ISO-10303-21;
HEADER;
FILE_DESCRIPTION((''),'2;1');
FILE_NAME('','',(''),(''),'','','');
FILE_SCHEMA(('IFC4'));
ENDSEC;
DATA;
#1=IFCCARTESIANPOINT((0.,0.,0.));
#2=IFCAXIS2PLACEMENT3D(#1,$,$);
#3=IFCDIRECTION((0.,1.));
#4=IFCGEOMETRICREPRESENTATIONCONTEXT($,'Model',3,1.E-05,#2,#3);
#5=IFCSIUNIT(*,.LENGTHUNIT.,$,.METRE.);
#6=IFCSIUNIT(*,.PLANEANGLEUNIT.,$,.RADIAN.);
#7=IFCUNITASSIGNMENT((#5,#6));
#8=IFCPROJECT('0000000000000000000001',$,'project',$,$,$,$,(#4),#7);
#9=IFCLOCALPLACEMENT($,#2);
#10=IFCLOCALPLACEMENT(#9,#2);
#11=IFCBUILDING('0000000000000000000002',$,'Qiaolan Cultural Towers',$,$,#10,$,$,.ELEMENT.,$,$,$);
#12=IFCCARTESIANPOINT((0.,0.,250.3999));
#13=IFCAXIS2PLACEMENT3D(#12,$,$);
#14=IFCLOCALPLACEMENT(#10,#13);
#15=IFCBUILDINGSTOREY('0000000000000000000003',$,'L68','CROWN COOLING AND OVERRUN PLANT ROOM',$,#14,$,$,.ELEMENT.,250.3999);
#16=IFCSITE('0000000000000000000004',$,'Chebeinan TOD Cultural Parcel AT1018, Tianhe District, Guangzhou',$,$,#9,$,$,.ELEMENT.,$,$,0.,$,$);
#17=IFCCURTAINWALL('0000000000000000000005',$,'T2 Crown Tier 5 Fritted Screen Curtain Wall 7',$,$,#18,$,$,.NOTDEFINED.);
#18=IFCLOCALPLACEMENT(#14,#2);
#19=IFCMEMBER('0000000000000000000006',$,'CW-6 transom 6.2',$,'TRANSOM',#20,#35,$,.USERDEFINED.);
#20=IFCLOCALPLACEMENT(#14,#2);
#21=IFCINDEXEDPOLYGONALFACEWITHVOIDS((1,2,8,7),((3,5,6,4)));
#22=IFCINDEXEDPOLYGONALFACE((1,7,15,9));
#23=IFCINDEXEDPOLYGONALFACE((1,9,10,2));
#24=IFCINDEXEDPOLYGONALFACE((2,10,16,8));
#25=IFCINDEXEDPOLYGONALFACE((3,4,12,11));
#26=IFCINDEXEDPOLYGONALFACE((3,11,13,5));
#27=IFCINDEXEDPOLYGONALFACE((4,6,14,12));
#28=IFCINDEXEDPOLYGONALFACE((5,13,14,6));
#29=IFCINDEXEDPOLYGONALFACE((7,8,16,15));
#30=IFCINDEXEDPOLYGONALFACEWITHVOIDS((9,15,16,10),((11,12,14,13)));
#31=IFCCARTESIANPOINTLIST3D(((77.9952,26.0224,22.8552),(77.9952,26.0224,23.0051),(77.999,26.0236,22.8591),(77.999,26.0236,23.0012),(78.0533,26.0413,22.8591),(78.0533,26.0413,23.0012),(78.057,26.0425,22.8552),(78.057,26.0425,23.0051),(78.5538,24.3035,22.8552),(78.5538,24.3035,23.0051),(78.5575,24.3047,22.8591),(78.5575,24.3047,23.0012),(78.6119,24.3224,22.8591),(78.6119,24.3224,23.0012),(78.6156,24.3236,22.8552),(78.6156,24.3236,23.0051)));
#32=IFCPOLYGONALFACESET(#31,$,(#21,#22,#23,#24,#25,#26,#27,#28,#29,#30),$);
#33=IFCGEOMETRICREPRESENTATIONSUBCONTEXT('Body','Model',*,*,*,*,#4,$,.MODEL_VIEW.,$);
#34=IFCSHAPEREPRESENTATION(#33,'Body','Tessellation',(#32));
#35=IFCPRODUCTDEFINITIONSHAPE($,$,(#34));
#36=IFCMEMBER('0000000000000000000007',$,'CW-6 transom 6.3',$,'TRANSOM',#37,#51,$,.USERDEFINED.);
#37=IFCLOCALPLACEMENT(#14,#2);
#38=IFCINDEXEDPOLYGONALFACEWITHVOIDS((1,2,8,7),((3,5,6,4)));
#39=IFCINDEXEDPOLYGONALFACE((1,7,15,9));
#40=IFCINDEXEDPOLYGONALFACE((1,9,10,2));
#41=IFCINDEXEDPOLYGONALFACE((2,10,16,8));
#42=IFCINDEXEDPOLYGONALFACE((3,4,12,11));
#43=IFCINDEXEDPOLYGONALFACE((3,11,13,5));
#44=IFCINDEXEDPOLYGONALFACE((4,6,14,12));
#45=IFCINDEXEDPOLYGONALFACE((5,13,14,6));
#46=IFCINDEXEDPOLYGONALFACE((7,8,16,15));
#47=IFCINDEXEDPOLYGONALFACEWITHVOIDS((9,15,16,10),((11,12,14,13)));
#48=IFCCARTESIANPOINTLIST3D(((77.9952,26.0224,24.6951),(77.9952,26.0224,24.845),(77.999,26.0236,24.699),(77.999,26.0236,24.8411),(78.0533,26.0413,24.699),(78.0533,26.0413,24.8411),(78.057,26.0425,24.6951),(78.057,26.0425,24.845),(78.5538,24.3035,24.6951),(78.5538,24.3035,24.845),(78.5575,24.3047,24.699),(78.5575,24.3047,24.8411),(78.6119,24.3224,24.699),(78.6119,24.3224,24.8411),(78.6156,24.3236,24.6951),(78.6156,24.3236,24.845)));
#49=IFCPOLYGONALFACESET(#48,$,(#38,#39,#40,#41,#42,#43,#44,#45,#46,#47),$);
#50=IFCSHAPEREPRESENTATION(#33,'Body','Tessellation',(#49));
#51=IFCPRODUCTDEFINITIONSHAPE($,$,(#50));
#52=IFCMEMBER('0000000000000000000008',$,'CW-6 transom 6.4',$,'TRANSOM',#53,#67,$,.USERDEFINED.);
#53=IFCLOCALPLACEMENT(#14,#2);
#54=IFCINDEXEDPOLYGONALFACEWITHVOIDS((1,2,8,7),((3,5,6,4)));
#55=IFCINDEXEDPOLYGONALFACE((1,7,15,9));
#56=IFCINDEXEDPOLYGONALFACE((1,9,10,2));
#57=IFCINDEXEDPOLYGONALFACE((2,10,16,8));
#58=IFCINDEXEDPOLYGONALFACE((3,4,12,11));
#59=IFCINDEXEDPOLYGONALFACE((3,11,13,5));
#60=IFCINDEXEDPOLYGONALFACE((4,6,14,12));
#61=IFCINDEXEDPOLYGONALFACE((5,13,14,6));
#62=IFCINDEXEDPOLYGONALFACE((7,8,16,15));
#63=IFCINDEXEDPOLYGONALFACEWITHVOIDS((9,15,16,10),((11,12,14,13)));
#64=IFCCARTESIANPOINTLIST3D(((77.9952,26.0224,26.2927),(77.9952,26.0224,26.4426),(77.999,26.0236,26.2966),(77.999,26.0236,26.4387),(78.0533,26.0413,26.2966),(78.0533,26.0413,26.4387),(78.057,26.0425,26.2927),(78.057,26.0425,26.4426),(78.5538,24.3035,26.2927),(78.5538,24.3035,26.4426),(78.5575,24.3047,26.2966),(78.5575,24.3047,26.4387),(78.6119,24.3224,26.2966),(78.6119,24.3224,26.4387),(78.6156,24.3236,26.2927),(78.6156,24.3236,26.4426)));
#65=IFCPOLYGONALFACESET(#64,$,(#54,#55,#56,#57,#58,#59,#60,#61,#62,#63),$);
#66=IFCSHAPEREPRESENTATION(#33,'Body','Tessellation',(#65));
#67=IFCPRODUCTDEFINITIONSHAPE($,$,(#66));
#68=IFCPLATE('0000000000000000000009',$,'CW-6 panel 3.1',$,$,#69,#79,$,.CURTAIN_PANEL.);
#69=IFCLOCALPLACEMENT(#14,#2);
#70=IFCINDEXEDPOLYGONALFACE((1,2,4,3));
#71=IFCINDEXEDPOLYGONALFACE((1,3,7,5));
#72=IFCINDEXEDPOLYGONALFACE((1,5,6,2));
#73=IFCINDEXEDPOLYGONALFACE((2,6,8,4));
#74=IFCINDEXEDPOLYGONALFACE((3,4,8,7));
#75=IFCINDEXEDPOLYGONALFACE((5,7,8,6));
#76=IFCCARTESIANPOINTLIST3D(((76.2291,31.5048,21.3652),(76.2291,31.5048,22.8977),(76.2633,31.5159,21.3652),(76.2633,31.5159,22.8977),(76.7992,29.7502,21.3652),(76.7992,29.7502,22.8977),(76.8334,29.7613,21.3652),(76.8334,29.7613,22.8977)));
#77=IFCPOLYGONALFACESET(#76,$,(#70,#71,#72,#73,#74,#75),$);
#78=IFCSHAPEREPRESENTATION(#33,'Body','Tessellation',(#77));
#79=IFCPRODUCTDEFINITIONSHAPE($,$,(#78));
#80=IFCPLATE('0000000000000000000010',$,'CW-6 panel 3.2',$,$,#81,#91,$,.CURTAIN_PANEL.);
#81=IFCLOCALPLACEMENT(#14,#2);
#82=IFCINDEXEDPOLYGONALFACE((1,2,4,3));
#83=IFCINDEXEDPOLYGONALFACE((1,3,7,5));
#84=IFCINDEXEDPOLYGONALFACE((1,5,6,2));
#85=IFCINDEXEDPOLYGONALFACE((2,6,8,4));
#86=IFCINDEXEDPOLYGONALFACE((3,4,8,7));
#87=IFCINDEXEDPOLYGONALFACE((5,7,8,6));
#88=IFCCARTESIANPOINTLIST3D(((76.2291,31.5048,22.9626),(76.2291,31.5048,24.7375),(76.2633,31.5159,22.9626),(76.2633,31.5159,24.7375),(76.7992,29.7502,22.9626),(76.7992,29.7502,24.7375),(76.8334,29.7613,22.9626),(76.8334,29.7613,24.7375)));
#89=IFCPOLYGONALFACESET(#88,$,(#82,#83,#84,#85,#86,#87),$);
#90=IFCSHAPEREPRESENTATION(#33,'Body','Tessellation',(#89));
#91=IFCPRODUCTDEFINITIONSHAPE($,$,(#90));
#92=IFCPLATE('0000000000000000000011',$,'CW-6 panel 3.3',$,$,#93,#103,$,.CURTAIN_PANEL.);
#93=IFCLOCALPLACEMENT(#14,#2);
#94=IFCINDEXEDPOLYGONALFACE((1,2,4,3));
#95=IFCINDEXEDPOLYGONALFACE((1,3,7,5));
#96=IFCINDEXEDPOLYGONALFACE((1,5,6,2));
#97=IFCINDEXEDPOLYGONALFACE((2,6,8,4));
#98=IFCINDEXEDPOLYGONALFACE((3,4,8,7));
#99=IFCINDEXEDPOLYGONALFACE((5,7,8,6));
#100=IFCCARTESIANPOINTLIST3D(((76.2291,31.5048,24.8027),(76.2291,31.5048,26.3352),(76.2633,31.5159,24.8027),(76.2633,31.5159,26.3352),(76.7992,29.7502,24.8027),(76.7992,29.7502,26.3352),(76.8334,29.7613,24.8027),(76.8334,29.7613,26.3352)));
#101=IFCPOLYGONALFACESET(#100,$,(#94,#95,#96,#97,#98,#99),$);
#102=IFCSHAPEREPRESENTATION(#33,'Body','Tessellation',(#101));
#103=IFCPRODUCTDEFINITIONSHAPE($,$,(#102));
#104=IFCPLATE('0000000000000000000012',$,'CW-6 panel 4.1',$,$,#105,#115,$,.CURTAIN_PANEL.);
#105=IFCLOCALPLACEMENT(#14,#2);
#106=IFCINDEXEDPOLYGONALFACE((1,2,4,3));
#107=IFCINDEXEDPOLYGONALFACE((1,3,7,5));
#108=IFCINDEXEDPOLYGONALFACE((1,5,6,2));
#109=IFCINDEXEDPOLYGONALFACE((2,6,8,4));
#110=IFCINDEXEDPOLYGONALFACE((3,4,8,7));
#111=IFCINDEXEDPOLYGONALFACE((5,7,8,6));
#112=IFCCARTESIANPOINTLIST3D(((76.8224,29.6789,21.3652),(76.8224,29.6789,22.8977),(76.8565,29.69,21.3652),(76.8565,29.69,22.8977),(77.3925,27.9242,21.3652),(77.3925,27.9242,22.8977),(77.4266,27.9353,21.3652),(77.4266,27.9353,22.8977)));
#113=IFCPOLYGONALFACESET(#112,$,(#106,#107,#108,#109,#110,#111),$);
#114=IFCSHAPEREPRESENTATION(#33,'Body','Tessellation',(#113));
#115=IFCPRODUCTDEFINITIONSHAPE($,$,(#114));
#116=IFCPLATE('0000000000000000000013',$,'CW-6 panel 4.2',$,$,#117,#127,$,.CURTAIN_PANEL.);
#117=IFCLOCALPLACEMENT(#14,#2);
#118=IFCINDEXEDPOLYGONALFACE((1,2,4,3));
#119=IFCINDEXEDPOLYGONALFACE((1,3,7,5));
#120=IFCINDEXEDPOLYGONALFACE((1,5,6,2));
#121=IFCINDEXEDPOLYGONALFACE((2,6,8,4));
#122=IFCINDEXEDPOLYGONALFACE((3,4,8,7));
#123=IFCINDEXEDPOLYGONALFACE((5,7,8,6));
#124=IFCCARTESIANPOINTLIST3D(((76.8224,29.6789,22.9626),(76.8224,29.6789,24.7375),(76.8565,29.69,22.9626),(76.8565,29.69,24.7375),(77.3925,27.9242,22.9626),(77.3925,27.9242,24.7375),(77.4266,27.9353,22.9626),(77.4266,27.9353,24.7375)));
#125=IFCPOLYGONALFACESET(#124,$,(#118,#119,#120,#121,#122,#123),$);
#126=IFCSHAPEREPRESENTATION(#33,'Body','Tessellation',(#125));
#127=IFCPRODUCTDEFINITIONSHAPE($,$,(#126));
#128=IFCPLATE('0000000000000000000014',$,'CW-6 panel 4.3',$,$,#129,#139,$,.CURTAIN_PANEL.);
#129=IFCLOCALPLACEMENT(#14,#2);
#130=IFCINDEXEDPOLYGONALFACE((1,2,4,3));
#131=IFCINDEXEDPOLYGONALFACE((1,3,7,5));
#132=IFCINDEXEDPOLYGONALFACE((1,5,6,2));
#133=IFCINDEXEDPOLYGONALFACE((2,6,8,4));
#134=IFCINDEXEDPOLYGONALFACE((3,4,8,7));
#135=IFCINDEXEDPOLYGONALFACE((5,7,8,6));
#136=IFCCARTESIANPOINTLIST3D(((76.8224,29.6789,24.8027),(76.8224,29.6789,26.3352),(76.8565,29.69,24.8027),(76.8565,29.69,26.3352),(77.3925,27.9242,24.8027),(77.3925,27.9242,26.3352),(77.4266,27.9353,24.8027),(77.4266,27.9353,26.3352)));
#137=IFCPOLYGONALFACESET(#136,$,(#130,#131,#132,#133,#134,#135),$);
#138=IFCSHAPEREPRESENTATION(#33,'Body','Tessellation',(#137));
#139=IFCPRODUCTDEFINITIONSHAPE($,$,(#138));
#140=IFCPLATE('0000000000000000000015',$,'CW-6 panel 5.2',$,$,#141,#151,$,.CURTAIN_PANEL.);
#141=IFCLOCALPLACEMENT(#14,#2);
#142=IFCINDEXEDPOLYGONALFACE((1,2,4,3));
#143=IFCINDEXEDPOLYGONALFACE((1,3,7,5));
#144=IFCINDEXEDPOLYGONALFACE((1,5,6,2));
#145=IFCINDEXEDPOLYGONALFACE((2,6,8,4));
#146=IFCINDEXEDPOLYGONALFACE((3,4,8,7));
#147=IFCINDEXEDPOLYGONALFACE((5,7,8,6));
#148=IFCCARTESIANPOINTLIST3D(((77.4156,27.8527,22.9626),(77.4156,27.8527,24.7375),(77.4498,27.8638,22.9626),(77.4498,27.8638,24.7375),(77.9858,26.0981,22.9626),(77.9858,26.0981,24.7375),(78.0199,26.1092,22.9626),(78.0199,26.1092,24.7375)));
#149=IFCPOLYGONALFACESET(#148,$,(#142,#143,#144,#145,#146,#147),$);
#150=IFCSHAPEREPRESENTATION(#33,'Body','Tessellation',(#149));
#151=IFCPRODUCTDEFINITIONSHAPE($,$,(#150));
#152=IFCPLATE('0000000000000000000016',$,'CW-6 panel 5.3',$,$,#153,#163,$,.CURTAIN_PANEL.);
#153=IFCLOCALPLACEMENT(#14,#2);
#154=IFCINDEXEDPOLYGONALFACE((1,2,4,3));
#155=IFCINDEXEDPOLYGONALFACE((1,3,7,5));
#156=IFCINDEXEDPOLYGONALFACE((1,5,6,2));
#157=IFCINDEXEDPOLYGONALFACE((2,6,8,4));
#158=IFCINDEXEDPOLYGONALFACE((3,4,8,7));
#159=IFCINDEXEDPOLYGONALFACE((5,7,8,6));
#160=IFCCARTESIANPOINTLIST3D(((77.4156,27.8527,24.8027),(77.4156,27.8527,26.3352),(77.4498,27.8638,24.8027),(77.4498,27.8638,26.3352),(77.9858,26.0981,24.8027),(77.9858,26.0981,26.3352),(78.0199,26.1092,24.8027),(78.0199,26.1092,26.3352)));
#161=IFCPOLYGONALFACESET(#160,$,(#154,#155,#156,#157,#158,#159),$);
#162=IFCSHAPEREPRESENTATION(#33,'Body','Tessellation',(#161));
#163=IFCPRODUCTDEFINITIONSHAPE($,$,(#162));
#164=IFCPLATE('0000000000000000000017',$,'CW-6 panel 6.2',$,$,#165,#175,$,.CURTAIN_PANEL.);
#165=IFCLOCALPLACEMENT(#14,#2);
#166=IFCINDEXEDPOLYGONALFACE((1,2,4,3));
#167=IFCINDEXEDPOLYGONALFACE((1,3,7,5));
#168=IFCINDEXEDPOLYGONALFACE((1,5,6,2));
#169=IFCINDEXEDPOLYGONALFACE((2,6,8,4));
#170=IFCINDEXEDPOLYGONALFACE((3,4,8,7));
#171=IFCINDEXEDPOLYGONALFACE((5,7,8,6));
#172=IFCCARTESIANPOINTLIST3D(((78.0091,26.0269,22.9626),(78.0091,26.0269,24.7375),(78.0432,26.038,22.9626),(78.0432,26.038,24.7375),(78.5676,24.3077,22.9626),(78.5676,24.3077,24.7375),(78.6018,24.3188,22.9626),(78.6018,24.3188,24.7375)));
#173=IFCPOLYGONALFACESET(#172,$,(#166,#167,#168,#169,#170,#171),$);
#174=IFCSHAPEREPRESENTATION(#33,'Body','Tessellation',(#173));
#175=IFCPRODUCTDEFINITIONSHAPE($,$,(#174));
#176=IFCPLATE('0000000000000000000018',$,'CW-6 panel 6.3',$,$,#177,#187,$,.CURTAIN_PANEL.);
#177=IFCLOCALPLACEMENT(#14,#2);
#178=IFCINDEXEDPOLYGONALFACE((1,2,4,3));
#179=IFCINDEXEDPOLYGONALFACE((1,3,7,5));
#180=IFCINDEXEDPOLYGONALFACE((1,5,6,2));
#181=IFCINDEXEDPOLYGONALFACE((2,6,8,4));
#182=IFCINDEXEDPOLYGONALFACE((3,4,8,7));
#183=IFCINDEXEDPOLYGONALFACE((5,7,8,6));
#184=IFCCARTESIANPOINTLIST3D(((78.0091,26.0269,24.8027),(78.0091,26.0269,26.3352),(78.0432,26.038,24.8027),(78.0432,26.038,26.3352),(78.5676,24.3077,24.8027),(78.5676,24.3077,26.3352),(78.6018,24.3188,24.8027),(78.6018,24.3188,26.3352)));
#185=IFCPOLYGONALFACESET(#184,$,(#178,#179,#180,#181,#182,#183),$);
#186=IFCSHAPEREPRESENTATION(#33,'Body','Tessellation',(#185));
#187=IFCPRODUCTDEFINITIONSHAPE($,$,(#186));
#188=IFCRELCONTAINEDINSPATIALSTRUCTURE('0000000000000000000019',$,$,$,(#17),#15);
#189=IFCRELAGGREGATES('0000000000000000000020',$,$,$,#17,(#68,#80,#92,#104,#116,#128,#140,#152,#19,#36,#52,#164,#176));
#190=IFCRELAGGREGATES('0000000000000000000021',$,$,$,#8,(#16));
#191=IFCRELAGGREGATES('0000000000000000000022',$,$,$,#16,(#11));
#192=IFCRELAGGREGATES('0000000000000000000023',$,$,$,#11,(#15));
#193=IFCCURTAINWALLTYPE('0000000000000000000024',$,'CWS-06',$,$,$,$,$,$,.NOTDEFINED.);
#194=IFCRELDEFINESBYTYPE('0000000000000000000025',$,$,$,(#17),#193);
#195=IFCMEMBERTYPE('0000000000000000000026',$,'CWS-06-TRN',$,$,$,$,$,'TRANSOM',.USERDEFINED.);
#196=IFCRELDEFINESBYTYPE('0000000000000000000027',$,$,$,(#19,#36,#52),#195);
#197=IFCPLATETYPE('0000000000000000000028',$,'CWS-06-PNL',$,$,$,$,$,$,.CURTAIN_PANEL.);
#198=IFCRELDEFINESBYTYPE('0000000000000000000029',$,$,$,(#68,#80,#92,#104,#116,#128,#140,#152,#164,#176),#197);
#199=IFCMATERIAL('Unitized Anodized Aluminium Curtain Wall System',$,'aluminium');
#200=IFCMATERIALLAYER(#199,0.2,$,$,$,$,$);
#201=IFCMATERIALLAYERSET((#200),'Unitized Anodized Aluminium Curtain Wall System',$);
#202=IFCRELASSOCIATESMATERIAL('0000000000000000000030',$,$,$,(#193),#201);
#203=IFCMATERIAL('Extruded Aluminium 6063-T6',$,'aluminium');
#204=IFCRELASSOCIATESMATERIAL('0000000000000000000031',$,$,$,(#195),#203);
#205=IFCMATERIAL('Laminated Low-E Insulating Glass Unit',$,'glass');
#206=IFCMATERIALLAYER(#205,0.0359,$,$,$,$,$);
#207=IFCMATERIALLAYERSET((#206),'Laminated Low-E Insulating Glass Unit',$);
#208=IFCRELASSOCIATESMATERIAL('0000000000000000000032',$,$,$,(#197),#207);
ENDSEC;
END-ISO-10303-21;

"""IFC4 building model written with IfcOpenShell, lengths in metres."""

from ifc_helpers import new_model, si_unit, direction, frame, origin, origin_2d, place, context, subcontext, project, spatial, rectangle, hollow_rectangle, extrude, material, layer, layer_set, material_profile, profile_set, type_object, element, aggregate, save


model = new_model("IFC4")

# Units and contexts
model_context = context("Model", 3, precision=1e-05, world=origin(), true_north=direction((0.0, 1.0)))
body_context = subcontext(model_context, "Body", "Model", "MODEL_VIEW")
ifc_project = project(units=[si_unit("LENGTHUNIT", "METRE"), si_unit("PLANEANGLEUNIT", "RADIAN")], contexts=[model_context])

# Site, building, storey
site_placement = place(None, origin())
site = spatial("IfcSite", under=ifc_project, at=site_placement, Name="Chebeinan TOD Cultural Parcel AT1018, Tianhe District, Guangzhou", CompositionType="ELEMENT", RefElevation=0.0)
building_placement = place(site_placement, origin())
building = spatial("IfcBuilding", under=site, at=building_placement, Name="Qiaolan Cultural Towers", CompositionType="ELEMENT")
storey_placement = place(building_placement, frame((0.0, 0.0, 250.3999)))
storey = spatial("IfcBuildingStorey", under=building, at=storey_placement, Name="L68", Description="CROWN COOLING AND OVERRUN PLANT ROOM", CompositionType="ELEMENT", Elevation=250.3999)

# Curtain wall, members, plates
ifc_material_1 = material(Name="Unitized Anodized Aluminium Curtain Wall System", Category="aluminium")
ifc_layer_1 = layer(ifc_material_1, 0.2)
ifc_layer_set_1 = layer_set([ifc_layer_1], Name="Unitized Anodized Aluminium Curtain Wall System")
curtain_wall_type = type_object("IfcCurtainWallType", Name="CWS-06", PredefinedType="NOTDEFINED", material=ifc_layer_set_1)
curtain_wall_placement = place(storey_placement, origin())
curtain_wall = element("IfcCurtainWall", 1, at=curtain_wall_placement, inside=storey, type_object=curtain_wall_type, Name="T2 Crown Tier 5 Fritted Screen Curtain Wall 7", PredefinedType="NOTDEFINED")
ifc_material_2 = material(Name="Extruded Aluminium 6063-T6", Category="aluminium")
ifc_material_profile_1 = material_profile(ifc_material_2, hollow_rectangle(XDim=0.0649, YDim=0.1499, WallThickness=0.0039, at=origin_2d()), Name="CWT-150x65x4")
ifc_profile_set_1 = profile_set([ifc_material_profile_1], Name="Extruded Aluminium 6063-T6")
member_type = type_object("IfcMemberType", Name="CWS-06-TRN", ElementType="TRANSOM", PredefinedType="USERDEFINED", material=ifc_profile_set_1)
member_1_placement = place(storey_placement, frame((78.0261, 26.0325, 22.9302), z_axis=(0.309046, -0.951047, 0.0), x_axis=(0.951047, 0.309046, 0.0)))
member_1 = element("IfcMember", 2, at=member_1_placement, type_object=member_type, Name="CW-6 transom 6.2", ObjectType="TRANSOM", PredefinedType="USERDEFINED", context=body_context, shape_type="SweptSolid", body=[
    extrude(hollow_rectangle(XDim=0.0649, YDim=0.1499, WallThickness=0.0039, at=origin_2d()), origin(), (0.0, 0.0, 1.0), 1.8074),
])
member_2_placement = place(storey_placement, frame((78.0261, 26.0325, 24.77), z_axis=(0.309046, -0.951047, 0.0), x_axis=(0.951047, 0.309046, 0.0)))
member_2 = element("IfcMember", 3, at=member_2_placement, type_object=member_type, Name="CW-6 transom 6.3", ObjectType="TRANSOM", PredefinedType="USERDEFINED", context=body_context, shape_type="SweptSolid", body=[
    extrude(hollow_rectangle(XDim=0.0649, YDim=0.1499, WallThickness=0.0039, at=origin_2d()), origin(), (0.0, 0.0, 1.0), 1.8074),
])
member_3_placement = place(storey_placement, frame((78.0261, 26.0325, 26.3677), z_axis=(0.309046, -0.951047, 0.0), x_axis=(0.951047, 0.309046, 0.0)))
member_3 = element("IfcMember", 4, at=member_3_placement, type_object=member_type, Name="CW-6 transom 6.4", ObjectType="TRANSOM", PredefinedType="USERDEFINED", context=body_context, shape_type="SweptSolid", body=[
    extrude(hollow_rectangle(XDim=0.0649, YDim=0.1499, WallThickness=0.0039, at=origin_2d()), origin(), (0.0, 0.0, 1.0), 1.8074),
])
ifc_material_3 = material(Name="Laminated Low-E Insulating Glass Unit", Category="glass")
ifc_layer_2 = layer(ifc_material_3, 0.0359)
ifc_layer_set_2 = layer_set([ifc_layer_2], Name="Laminated Low-E Insulating Glass Unit")
plate_type_1 = type_object("IfcPlateType", Name="CWS-06-PNL", PredefinedType="CURTAIN_PANEL", material=ifc_layer_set_2)
plate_1_placement = place(storey_placement, frame((76.5312, 30.6331, 21.3652), z_axis=(0.0, 0.0, 1.0), x_axis=(0.309017, -0.951057, 0.0)))
plate_1 = element("IfcPlate", 5, at=plate_1_placement, type_object=plate_type_1, Name="CW-6 panel 3.1", PredefinedType="CURTAIN_PANEL", context=body_context, shape_type="SweptSolid", body=[
    extrude(rectangle(XDim=1.845, YDim=0.0359, at=origin_2d()), origin(), (0.0, 0.0, 1.0), 1.5325),
])
plate_2_placement = place(storey_placement, frame((76.5312, 30.6331, 22.9626), z_axis=(0.0, 0.0, 1.0), x_axis=(0.309017, -0.951057, 0.0)))
plate_2 = element("IfcPlate", 6, at=plate_2_placement, type_object=plate_type_1, Name="CW-6 panel 3.2", PredefinedType="CURTAIN_PANEL", context=body_context, shape_type="SweptSolid", body=[
    extrude(rectangle(XDim=1.845, YDim=0.0359, at=origin_2d()), origin(), (0.0, 0.0, 1.0), 1.7749),
])
plate_3_placement = place(storey_placement, frame((76.5312, 30.6331, 24.8027), z_axis=(0.0, 0.0, 1.0), x_axis=(0.309017, -0.951057, 0.0)))
plate_3 = element("IfcPlate", 7, at=plate_3_placement, type_object=plate_type_1, Name="CW-6 panel 3.3", PredefinedType="CURTAIN_PANEL", context=body_context, shape_type="SweptSolid", body=[
    extrude(rectangle(XDim=1.845, YDim=0.0359, at=origin_2d()), origin(), (0.0, 0.0, 1.0), 1.5325),
])
plate_4_placement = place(storey_placement, frame((77.1245, 28.8071, 21.3652), z_axis=(0.0, 0.0, 1.0), x_axis=(0.309017, -0.951057, 0.0)))
plate_4 = element("IfcPlate", 8, at=plate_4_placement, type_object=plate_type_1, Name="CW-6 panel 4.1", PredefinedType="CURTAIN_PANEL", context=body_context, shape_type="SweptSolid", body=[
    extrude(rectangle(XDim=1.845, YDim=0.0359, at=origin_2d()), origin(), (0.0, 0.0, 1.0), 1.5325),
])
plate_5_placement = place(storey_placement, frame((77.1245, 28.8071, 22.9626), z_axis=(0.0, 0.0, 1.0), x_axis=(0.309017, -0.951057, 0.0)))
plate_5 = element("IfcPlate", 9, at=plate_5_placement, type_object=plate_type_1, Name="CW-6 panel 4.2", PredefinedType="CURTAIN_PANEL", context=body_context, shape_type="SweptSolid", body=[
    extrude(rectangle(XDim=1.845, YDim=0.0359, at=origin_2d()), origin(), (0.0, 0.0, 1.0), 1.7749),
])
plate_6_placement = place(storey_placement, frame((77.1245, 28.8071, 24.8027), z_axis=(0.0, 0.0, 1.0), x_axis=(0.309017, -0.951057, 0.0)))
plate_6 = element("IfcPlate", 10, at=plate_6_placement, type_object=plate_type_1, Name="CW-6 panel 4.3", PredefinedType="CURTAIN_PANEL", context=body_context, shape_type="SweptSolid", body=[
    extrude(rectangle(XDim=1.845, YDim=0.0359, at=origin_2d()), origin(), (0.0, 0.0, 1.0), 1.5325),
])
plate_7_placement = place(storey_placement, frame((77.7178, 26.981, 22.9626), z_axis=(0.0, 0.0, 1.0), x_axis=(0.309017, -0.951057, 0.0)))
plate_7 = element("IfcPlate", 11, at=plate_7_placement, type_object=plate_type_1, Name="CW-6 panel 5.2", PredefinedType="CURTAIN_PANEL", context=body_context, shape_type="SweptSolid", body=[
    extrude(rectangle(XDim=1.845, YDim=0.0359, at=origin_2d()), origin(), (0.0, 0.0, 1.0), 1.7749),
])
plate_8_placement = place(storey_placement, frame((77.7178, 26.981, 24.8027), z_axis=(0.0, 0.0, 1.0), x_axis=(0.309017, -0.951057, 0.0)))
plate_8 = element("IfcPlate", 12, at=plate_8_placement, type_object=plate_type_1, Name="CW-6 panel 5.3", PredefinedType="CURTAIN_PANEL", context=body_context, shape_type="SweptSolid", body=[
    extrude(rectangle(XDim=1.845, YDim=0.0359, at=origin_2d()), origin(), (0.0, 0.0, 1.0), 1.5325),
])
plate_9_placement = place(storey_placement, frame((78.3054, 25.1729, 22.9626), z_axis=(0.0, 0.0, 1.0), x_axis=(0.309017, -0.951057, 0.0)))
plate_9 = element("IfcPlate", 13, at=plate_9_placement, type_object=plate_type_1, Name="CW-6 panel 6.2", PredefinedType="CURTAIN_PANEL", context=body_context, shape_type="SweptSolid", body=[
    extrude(rectangle(XDim=1.8076, YDim=0.0359, at=origin_2d()), origin(), (0.0, 0.0, 1.0), 1.7749),
])
plate_10_placement = place(storey_placement, frame((78.3054, 25.1729, 24.8027), z_axis=(0.0, 0.0, 1.0), x_axis=(0.309017, -0.951057, 0.0)))
plate_10 = element("IfcPlate", 14, at=plate_10_placement, type_object=plate_type_1, Name="CW-6 panel 6.3", PredefinedType="CURTAIN_PANEL", context=body_context, shape_type="SweptSolid", body=[
    extrude(rectangle(XDim=1.8076, YDim=0.0359, at=origin_2d()), origin(), (0.0, 0.0, 1.0), 1.5325),
])
aggregate(curtain_wall, [plate_1, plate_2, plate_3, plate_4, plate_5, plate_6, plate_7, plate_8, member_1, member_2, member_3, plate_9, plate_10])

save(model, "model.ifc")
